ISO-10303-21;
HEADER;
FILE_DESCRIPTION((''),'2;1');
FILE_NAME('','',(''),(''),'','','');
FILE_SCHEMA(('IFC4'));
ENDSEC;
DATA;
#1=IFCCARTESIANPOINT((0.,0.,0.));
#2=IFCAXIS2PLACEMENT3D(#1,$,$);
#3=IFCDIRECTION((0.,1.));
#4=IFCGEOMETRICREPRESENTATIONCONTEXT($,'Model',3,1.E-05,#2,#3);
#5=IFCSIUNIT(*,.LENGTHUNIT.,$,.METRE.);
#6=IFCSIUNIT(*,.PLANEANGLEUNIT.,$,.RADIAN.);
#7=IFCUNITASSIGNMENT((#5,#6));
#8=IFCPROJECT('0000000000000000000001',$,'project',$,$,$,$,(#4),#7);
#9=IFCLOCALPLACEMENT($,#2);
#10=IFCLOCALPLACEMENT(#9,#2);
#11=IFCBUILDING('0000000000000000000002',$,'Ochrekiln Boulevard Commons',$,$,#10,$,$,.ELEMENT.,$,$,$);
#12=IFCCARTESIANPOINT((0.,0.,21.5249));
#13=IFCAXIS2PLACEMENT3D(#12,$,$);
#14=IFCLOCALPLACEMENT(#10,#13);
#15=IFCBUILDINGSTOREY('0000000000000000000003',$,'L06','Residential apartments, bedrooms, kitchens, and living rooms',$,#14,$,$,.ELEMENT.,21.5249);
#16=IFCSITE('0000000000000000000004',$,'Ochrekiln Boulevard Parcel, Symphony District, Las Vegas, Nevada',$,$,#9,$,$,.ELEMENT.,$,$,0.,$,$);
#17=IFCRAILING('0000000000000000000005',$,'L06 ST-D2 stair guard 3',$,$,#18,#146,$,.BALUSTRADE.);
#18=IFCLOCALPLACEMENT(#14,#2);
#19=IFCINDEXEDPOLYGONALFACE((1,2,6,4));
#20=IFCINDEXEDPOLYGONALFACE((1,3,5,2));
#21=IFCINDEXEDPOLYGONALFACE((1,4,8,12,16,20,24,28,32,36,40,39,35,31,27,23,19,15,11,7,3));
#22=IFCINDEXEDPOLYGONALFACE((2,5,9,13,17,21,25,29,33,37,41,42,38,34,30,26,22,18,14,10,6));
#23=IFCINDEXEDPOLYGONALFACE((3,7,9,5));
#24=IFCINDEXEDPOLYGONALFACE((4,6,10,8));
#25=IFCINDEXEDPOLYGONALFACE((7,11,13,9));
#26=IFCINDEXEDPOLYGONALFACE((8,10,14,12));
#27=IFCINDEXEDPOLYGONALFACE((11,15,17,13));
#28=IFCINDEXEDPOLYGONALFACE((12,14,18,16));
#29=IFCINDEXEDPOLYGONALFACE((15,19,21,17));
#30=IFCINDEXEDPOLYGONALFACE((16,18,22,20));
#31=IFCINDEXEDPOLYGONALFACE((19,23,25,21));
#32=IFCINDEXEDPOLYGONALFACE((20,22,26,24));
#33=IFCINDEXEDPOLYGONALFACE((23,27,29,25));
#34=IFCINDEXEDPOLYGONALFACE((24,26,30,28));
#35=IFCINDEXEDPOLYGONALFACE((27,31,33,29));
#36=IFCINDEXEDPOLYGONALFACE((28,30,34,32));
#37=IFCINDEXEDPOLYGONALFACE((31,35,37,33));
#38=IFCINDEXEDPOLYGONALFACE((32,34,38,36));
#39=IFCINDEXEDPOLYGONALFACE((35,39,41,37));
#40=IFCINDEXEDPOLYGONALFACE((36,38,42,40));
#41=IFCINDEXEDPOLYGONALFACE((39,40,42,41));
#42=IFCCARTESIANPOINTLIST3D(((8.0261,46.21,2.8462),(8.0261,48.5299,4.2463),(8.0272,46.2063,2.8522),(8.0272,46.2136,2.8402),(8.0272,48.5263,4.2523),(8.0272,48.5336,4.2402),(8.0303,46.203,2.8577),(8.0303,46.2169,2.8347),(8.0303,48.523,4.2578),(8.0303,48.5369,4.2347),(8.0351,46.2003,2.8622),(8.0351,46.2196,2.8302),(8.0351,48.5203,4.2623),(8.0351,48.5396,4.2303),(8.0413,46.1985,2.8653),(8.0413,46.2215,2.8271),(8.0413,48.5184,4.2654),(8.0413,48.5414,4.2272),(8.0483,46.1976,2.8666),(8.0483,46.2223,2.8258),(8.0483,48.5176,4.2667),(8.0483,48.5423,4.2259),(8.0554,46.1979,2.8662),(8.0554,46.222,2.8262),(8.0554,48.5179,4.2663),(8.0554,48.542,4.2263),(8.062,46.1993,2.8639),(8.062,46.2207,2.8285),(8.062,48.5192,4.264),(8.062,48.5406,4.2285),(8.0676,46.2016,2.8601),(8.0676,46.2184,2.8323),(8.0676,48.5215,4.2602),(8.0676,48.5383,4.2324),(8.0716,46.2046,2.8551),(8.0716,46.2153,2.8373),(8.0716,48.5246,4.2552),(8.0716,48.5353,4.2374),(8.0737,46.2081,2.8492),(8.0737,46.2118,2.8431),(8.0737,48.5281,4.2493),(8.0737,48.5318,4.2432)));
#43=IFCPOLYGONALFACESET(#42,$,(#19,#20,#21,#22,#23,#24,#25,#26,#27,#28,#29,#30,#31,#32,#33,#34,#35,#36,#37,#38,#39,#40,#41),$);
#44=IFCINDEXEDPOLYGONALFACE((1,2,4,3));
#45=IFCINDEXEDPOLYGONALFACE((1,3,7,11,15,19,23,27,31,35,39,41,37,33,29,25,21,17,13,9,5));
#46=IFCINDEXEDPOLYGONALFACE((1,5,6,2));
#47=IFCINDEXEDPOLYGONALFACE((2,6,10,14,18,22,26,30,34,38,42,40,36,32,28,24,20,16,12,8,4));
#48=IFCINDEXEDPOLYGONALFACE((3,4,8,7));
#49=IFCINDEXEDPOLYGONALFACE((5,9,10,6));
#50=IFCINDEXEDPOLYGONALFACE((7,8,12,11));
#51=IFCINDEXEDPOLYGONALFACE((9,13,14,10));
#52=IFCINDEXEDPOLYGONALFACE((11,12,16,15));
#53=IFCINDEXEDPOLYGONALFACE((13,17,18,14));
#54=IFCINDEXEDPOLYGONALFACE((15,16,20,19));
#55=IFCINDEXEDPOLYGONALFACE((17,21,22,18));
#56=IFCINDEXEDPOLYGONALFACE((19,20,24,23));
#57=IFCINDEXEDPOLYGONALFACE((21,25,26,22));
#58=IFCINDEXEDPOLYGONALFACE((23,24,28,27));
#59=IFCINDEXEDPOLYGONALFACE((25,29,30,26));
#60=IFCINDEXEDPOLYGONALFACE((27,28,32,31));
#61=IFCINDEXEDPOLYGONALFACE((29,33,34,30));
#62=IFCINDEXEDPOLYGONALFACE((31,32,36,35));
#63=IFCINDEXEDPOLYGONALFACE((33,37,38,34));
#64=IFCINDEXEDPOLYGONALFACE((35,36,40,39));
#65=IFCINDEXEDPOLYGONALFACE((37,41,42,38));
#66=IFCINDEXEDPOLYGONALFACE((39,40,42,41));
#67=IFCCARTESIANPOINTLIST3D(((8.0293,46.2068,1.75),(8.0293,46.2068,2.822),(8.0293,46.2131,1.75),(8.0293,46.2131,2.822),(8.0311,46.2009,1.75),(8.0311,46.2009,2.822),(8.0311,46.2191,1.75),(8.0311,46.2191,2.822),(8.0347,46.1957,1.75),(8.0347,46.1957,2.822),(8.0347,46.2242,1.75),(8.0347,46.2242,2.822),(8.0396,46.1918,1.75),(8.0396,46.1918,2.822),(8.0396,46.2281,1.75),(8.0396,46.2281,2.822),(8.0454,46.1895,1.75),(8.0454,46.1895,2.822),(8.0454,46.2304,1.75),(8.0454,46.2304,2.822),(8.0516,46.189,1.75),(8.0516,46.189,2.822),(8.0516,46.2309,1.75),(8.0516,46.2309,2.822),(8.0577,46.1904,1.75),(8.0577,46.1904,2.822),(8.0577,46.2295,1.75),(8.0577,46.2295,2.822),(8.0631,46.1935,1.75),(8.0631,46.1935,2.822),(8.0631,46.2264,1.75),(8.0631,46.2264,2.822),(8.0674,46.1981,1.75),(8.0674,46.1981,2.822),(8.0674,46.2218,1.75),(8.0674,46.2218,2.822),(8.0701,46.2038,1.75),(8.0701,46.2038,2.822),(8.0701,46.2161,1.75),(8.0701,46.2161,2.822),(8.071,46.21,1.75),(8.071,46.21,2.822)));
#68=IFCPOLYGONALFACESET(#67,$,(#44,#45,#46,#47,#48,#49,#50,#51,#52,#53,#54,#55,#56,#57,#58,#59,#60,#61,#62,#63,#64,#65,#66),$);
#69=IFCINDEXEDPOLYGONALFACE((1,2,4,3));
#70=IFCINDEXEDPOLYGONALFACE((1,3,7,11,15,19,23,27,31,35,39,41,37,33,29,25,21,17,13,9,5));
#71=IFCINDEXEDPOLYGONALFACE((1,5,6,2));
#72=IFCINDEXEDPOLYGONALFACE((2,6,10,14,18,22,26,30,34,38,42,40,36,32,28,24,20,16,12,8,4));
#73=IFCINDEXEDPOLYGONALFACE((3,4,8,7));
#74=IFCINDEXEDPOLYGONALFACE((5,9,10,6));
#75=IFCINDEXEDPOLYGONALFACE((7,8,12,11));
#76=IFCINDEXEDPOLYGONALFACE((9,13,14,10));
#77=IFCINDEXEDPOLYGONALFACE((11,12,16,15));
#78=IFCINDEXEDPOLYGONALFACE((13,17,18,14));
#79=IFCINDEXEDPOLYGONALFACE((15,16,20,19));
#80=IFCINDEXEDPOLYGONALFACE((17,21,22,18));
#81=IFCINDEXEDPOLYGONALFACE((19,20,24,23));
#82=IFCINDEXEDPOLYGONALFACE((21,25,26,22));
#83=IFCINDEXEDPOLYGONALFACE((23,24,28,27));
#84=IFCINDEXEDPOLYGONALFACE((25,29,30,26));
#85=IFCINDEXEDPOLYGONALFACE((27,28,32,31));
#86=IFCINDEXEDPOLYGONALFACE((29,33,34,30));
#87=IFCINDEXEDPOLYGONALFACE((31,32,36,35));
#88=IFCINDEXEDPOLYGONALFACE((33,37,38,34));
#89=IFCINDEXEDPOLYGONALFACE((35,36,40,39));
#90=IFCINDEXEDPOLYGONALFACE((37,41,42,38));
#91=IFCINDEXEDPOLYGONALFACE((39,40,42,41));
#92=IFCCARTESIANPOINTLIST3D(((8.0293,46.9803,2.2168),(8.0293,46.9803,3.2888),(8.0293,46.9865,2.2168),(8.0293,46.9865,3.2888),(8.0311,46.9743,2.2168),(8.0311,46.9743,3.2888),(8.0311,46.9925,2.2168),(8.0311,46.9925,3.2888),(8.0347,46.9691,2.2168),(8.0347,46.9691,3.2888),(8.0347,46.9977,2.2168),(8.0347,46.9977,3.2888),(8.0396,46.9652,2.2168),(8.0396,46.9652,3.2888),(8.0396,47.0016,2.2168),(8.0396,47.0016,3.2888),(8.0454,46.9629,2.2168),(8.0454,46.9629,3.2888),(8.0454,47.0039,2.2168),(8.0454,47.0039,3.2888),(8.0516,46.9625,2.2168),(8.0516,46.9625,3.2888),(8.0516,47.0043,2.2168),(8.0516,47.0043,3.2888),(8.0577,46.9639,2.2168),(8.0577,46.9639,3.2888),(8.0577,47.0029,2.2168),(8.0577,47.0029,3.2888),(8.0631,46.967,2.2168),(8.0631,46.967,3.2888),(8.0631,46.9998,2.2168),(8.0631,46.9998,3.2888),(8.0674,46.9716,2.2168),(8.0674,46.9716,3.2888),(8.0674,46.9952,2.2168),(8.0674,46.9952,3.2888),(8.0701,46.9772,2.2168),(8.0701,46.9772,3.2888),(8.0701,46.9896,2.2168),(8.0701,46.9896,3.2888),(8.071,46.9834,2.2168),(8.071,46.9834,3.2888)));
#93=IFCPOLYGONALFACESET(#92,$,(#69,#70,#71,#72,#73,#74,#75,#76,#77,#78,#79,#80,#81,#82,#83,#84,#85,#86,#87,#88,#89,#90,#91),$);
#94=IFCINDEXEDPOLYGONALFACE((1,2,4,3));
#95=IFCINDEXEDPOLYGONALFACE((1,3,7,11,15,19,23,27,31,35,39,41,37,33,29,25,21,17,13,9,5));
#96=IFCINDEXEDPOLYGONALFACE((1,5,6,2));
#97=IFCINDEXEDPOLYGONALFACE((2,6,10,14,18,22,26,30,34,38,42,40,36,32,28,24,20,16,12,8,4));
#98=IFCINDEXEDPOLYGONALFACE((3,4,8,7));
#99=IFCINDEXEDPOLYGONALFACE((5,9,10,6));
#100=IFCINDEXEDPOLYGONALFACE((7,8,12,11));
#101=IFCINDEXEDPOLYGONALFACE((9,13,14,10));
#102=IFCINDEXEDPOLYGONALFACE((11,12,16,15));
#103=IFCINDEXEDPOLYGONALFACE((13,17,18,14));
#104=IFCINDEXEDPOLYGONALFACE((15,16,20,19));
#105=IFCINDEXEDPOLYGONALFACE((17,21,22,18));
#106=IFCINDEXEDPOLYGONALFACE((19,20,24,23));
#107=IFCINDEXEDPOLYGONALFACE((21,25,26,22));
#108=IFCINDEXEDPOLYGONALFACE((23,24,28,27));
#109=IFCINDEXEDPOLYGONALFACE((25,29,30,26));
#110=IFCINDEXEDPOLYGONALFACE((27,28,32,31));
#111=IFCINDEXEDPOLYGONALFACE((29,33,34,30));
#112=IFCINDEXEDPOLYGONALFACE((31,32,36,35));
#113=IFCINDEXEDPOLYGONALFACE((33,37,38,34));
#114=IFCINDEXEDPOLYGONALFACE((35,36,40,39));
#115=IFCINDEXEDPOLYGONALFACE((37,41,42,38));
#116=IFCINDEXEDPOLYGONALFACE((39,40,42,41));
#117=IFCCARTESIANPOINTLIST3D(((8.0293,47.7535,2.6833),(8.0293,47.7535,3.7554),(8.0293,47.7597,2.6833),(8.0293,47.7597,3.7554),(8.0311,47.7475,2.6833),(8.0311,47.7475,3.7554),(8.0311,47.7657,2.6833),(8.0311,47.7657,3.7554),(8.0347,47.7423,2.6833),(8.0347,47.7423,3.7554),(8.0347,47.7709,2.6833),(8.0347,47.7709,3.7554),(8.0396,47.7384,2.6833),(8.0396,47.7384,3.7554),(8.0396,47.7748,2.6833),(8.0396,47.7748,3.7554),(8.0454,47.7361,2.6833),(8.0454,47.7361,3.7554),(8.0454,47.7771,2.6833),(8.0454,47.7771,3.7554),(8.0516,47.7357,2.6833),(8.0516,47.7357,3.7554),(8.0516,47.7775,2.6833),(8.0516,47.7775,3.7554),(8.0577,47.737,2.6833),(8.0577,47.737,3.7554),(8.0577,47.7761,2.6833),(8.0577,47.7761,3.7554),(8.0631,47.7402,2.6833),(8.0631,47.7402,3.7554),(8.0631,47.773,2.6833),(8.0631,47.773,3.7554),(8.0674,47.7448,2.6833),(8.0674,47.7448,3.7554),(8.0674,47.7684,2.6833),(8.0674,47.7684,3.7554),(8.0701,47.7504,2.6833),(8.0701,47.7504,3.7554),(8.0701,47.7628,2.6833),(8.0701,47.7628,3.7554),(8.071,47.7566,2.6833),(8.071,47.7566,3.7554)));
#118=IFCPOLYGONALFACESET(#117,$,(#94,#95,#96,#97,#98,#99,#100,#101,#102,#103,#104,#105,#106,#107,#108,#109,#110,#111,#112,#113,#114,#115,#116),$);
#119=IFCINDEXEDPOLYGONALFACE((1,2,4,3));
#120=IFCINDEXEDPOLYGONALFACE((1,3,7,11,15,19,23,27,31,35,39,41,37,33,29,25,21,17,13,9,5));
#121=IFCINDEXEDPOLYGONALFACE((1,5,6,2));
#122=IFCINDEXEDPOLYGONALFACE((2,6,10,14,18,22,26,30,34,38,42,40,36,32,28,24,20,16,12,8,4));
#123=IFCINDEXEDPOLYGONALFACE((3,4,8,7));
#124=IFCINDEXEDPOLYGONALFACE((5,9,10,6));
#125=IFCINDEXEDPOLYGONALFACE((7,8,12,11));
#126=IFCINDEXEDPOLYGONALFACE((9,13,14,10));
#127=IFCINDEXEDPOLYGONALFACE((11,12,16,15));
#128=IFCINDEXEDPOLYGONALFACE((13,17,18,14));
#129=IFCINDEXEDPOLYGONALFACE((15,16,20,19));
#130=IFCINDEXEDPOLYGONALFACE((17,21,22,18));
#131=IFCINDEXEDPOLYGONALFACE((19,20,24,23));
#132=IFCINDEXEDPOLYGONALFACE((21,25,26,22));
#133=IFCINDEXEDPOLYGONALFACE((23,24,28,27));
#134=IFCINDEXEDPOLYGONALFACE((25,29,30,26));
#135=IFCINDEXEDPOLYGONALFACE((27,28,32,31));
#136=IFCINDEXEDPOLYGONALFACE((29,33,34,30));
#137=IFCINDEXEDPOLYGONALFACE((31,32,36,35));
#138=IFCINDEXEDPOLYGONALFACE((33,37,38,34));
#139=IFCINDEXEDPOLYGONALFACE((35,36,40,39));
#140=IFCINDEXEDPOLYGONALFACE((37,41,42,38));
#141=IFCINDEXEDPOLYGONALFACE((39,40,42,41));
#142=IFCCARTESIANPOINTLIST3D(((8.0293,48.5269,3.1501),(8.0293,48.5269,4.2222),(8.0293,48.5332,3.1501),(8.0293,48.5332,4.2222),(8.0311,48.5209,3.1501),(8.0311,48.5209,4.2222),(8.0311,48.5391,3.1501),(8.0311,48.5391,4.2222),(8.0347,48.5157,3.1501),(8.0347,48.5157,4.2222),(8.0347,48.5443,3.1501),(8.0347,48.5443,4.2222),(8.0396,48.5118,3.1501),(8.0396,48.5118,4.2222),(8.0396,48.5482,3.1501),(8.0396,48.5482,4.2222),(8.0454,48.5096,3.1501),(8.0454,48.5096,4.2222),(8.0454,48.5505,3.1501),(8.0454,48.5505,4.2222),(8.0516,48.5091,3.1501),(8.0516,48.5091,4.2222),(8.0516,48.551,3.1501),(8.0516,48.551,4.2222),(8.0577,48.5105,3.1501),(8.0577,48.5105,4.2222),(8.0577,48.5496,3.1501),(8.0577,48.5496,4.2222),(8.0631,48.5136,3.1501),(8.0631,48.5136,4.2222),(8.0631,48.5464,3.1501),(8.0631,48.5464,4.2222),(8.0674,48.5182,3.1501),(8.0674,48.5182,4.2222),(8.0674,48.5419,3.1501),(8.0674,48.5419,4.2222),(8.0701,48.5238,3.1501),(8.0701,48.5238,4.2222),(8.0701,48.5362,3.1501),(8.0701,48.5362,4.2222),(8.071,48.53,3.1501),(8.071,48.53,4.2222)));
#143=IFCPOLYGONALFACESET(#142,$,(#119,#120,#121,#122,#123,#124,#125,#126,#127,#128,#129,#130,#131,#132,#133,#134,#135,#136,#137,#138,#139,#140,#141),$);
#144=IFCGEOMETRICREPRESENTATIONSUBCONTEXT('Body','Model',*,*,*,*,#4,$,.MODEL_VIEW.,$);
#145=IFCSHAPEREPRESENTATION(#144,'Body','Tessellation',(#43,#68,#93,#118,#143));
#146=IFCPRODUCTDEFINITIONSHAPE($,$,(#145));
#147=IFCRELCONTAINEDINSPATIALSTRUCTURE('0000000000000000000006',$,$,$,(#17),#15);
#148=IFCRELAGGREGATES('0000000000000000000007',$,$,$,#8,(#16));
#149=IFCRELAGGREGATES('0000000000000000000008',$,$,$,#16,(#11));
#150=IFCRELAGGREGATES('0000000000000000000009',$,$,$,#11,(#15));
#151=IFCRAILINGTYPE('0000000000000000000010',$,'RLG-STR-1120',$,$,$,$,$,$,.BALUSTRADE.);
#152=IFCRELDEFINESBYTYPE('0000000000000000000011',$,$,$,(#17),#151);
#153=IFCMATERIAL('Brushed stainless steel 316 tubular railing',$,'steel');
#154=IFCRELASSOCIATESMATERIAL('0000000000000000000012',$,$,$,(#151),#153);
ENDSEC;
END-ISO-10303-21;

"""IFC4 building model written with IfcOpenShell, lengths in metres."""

from ifc_helpers import new_model, si_unit, direction, frame, origin, origin_2d, place, context, subcontext, project, spatial, circle, extrude, material, type_object, element, save


model = new_model("IFC4")

# Units and contexts
model_context = context("Model", 3, precision=1e-05, world=origin(), true_north=direction((0.0, 1.0)))
body_context = subcontext(model_context, "Body", "Model", "MODEL_VIEW")
ifc_project = project(units=[si_unit("LENGTHUNIT", "METRE"), si_unit("PLANEANGLEUNIT", "RADIAN")], contexts=[model_context])

# Site, building, storey
site_placement = place(None, origin())
site = spatial("IfcSite", under=ifc_project, at=site_placement, Name="Ochrekiln Boulevard Parcel, Symphony District, Las Vegas, Nevada", CompositionType="ELEMENT", RefElevation=0.0)
building_placement = place(site_placement, origin())
building = spatial("IfcBuilding", under=site, at=building_placement, Name="Ochrekiln Boulevard Commons", CompositionType="ELEMENT")
storey_placement = place(building_placement, frame((0.0, 0.0, 21.5249)))
storey = spatial("IfcBuildingStorey", under=building, at=storey_placement, Name="L06", Description="Residential apartments, bedrooms, kitchens, and living rooms", CompositionType="ELEMENT", Elevation=21.5249)

# Railing
ifc_material_1 = material(Name="Brushed stainless steel 316 tubular railing", Category="steel")
railing_type_1 = type_object("IfcRailingType", Name="RLG-STR-1120", PredefinedType="BALUSTRADE", material=ifc_material_1)
railing_1_placement = place(storey_placement, frame((8.05, 46.21, 1.75)))
element("IfcRailing", 1, at=railing_1_placement, inside=storey, type_object=railing_type_1, Name="L06 ST-D2 stair guard 3", PredefinedType="BALUSTRADE", context=body_context, shape_type="SweptSolid", body=[
    extrude(circle(Radius=0.0239, at=origin_2d()), frame((0.0, 0.0, 1.0962), z_axis=(0.0, 0.85617, 0.516693), x_axis=(-1.0, 0.0, 0.0)), (0.0, 0.0, 1.0), 2.7097),
    extrude(circle(Radius=0.021, at=origin_2d()), origin(), (0.0, 0.0, 1.0), 1.072),
    extrude(circle(Radius=0.021, at=origin_2d()), frame((0.0, 0.7734, 0.4668)), (0.0, 0.0, 1.0), 1.072),
    extrude(circle(Radius=0.021, at=origin_2d()), frame((0.0, 1.5466, 0.9333)), (0.0, 0.0, 1.0), 1.072),
    extrude(circle(Radius=0.021, at=origin_2d()), frame((0.0, 2.3201, 1.4001)), (0.0, 0.0, 1.0), 1.072),
])

save(model, "model.ifc")
